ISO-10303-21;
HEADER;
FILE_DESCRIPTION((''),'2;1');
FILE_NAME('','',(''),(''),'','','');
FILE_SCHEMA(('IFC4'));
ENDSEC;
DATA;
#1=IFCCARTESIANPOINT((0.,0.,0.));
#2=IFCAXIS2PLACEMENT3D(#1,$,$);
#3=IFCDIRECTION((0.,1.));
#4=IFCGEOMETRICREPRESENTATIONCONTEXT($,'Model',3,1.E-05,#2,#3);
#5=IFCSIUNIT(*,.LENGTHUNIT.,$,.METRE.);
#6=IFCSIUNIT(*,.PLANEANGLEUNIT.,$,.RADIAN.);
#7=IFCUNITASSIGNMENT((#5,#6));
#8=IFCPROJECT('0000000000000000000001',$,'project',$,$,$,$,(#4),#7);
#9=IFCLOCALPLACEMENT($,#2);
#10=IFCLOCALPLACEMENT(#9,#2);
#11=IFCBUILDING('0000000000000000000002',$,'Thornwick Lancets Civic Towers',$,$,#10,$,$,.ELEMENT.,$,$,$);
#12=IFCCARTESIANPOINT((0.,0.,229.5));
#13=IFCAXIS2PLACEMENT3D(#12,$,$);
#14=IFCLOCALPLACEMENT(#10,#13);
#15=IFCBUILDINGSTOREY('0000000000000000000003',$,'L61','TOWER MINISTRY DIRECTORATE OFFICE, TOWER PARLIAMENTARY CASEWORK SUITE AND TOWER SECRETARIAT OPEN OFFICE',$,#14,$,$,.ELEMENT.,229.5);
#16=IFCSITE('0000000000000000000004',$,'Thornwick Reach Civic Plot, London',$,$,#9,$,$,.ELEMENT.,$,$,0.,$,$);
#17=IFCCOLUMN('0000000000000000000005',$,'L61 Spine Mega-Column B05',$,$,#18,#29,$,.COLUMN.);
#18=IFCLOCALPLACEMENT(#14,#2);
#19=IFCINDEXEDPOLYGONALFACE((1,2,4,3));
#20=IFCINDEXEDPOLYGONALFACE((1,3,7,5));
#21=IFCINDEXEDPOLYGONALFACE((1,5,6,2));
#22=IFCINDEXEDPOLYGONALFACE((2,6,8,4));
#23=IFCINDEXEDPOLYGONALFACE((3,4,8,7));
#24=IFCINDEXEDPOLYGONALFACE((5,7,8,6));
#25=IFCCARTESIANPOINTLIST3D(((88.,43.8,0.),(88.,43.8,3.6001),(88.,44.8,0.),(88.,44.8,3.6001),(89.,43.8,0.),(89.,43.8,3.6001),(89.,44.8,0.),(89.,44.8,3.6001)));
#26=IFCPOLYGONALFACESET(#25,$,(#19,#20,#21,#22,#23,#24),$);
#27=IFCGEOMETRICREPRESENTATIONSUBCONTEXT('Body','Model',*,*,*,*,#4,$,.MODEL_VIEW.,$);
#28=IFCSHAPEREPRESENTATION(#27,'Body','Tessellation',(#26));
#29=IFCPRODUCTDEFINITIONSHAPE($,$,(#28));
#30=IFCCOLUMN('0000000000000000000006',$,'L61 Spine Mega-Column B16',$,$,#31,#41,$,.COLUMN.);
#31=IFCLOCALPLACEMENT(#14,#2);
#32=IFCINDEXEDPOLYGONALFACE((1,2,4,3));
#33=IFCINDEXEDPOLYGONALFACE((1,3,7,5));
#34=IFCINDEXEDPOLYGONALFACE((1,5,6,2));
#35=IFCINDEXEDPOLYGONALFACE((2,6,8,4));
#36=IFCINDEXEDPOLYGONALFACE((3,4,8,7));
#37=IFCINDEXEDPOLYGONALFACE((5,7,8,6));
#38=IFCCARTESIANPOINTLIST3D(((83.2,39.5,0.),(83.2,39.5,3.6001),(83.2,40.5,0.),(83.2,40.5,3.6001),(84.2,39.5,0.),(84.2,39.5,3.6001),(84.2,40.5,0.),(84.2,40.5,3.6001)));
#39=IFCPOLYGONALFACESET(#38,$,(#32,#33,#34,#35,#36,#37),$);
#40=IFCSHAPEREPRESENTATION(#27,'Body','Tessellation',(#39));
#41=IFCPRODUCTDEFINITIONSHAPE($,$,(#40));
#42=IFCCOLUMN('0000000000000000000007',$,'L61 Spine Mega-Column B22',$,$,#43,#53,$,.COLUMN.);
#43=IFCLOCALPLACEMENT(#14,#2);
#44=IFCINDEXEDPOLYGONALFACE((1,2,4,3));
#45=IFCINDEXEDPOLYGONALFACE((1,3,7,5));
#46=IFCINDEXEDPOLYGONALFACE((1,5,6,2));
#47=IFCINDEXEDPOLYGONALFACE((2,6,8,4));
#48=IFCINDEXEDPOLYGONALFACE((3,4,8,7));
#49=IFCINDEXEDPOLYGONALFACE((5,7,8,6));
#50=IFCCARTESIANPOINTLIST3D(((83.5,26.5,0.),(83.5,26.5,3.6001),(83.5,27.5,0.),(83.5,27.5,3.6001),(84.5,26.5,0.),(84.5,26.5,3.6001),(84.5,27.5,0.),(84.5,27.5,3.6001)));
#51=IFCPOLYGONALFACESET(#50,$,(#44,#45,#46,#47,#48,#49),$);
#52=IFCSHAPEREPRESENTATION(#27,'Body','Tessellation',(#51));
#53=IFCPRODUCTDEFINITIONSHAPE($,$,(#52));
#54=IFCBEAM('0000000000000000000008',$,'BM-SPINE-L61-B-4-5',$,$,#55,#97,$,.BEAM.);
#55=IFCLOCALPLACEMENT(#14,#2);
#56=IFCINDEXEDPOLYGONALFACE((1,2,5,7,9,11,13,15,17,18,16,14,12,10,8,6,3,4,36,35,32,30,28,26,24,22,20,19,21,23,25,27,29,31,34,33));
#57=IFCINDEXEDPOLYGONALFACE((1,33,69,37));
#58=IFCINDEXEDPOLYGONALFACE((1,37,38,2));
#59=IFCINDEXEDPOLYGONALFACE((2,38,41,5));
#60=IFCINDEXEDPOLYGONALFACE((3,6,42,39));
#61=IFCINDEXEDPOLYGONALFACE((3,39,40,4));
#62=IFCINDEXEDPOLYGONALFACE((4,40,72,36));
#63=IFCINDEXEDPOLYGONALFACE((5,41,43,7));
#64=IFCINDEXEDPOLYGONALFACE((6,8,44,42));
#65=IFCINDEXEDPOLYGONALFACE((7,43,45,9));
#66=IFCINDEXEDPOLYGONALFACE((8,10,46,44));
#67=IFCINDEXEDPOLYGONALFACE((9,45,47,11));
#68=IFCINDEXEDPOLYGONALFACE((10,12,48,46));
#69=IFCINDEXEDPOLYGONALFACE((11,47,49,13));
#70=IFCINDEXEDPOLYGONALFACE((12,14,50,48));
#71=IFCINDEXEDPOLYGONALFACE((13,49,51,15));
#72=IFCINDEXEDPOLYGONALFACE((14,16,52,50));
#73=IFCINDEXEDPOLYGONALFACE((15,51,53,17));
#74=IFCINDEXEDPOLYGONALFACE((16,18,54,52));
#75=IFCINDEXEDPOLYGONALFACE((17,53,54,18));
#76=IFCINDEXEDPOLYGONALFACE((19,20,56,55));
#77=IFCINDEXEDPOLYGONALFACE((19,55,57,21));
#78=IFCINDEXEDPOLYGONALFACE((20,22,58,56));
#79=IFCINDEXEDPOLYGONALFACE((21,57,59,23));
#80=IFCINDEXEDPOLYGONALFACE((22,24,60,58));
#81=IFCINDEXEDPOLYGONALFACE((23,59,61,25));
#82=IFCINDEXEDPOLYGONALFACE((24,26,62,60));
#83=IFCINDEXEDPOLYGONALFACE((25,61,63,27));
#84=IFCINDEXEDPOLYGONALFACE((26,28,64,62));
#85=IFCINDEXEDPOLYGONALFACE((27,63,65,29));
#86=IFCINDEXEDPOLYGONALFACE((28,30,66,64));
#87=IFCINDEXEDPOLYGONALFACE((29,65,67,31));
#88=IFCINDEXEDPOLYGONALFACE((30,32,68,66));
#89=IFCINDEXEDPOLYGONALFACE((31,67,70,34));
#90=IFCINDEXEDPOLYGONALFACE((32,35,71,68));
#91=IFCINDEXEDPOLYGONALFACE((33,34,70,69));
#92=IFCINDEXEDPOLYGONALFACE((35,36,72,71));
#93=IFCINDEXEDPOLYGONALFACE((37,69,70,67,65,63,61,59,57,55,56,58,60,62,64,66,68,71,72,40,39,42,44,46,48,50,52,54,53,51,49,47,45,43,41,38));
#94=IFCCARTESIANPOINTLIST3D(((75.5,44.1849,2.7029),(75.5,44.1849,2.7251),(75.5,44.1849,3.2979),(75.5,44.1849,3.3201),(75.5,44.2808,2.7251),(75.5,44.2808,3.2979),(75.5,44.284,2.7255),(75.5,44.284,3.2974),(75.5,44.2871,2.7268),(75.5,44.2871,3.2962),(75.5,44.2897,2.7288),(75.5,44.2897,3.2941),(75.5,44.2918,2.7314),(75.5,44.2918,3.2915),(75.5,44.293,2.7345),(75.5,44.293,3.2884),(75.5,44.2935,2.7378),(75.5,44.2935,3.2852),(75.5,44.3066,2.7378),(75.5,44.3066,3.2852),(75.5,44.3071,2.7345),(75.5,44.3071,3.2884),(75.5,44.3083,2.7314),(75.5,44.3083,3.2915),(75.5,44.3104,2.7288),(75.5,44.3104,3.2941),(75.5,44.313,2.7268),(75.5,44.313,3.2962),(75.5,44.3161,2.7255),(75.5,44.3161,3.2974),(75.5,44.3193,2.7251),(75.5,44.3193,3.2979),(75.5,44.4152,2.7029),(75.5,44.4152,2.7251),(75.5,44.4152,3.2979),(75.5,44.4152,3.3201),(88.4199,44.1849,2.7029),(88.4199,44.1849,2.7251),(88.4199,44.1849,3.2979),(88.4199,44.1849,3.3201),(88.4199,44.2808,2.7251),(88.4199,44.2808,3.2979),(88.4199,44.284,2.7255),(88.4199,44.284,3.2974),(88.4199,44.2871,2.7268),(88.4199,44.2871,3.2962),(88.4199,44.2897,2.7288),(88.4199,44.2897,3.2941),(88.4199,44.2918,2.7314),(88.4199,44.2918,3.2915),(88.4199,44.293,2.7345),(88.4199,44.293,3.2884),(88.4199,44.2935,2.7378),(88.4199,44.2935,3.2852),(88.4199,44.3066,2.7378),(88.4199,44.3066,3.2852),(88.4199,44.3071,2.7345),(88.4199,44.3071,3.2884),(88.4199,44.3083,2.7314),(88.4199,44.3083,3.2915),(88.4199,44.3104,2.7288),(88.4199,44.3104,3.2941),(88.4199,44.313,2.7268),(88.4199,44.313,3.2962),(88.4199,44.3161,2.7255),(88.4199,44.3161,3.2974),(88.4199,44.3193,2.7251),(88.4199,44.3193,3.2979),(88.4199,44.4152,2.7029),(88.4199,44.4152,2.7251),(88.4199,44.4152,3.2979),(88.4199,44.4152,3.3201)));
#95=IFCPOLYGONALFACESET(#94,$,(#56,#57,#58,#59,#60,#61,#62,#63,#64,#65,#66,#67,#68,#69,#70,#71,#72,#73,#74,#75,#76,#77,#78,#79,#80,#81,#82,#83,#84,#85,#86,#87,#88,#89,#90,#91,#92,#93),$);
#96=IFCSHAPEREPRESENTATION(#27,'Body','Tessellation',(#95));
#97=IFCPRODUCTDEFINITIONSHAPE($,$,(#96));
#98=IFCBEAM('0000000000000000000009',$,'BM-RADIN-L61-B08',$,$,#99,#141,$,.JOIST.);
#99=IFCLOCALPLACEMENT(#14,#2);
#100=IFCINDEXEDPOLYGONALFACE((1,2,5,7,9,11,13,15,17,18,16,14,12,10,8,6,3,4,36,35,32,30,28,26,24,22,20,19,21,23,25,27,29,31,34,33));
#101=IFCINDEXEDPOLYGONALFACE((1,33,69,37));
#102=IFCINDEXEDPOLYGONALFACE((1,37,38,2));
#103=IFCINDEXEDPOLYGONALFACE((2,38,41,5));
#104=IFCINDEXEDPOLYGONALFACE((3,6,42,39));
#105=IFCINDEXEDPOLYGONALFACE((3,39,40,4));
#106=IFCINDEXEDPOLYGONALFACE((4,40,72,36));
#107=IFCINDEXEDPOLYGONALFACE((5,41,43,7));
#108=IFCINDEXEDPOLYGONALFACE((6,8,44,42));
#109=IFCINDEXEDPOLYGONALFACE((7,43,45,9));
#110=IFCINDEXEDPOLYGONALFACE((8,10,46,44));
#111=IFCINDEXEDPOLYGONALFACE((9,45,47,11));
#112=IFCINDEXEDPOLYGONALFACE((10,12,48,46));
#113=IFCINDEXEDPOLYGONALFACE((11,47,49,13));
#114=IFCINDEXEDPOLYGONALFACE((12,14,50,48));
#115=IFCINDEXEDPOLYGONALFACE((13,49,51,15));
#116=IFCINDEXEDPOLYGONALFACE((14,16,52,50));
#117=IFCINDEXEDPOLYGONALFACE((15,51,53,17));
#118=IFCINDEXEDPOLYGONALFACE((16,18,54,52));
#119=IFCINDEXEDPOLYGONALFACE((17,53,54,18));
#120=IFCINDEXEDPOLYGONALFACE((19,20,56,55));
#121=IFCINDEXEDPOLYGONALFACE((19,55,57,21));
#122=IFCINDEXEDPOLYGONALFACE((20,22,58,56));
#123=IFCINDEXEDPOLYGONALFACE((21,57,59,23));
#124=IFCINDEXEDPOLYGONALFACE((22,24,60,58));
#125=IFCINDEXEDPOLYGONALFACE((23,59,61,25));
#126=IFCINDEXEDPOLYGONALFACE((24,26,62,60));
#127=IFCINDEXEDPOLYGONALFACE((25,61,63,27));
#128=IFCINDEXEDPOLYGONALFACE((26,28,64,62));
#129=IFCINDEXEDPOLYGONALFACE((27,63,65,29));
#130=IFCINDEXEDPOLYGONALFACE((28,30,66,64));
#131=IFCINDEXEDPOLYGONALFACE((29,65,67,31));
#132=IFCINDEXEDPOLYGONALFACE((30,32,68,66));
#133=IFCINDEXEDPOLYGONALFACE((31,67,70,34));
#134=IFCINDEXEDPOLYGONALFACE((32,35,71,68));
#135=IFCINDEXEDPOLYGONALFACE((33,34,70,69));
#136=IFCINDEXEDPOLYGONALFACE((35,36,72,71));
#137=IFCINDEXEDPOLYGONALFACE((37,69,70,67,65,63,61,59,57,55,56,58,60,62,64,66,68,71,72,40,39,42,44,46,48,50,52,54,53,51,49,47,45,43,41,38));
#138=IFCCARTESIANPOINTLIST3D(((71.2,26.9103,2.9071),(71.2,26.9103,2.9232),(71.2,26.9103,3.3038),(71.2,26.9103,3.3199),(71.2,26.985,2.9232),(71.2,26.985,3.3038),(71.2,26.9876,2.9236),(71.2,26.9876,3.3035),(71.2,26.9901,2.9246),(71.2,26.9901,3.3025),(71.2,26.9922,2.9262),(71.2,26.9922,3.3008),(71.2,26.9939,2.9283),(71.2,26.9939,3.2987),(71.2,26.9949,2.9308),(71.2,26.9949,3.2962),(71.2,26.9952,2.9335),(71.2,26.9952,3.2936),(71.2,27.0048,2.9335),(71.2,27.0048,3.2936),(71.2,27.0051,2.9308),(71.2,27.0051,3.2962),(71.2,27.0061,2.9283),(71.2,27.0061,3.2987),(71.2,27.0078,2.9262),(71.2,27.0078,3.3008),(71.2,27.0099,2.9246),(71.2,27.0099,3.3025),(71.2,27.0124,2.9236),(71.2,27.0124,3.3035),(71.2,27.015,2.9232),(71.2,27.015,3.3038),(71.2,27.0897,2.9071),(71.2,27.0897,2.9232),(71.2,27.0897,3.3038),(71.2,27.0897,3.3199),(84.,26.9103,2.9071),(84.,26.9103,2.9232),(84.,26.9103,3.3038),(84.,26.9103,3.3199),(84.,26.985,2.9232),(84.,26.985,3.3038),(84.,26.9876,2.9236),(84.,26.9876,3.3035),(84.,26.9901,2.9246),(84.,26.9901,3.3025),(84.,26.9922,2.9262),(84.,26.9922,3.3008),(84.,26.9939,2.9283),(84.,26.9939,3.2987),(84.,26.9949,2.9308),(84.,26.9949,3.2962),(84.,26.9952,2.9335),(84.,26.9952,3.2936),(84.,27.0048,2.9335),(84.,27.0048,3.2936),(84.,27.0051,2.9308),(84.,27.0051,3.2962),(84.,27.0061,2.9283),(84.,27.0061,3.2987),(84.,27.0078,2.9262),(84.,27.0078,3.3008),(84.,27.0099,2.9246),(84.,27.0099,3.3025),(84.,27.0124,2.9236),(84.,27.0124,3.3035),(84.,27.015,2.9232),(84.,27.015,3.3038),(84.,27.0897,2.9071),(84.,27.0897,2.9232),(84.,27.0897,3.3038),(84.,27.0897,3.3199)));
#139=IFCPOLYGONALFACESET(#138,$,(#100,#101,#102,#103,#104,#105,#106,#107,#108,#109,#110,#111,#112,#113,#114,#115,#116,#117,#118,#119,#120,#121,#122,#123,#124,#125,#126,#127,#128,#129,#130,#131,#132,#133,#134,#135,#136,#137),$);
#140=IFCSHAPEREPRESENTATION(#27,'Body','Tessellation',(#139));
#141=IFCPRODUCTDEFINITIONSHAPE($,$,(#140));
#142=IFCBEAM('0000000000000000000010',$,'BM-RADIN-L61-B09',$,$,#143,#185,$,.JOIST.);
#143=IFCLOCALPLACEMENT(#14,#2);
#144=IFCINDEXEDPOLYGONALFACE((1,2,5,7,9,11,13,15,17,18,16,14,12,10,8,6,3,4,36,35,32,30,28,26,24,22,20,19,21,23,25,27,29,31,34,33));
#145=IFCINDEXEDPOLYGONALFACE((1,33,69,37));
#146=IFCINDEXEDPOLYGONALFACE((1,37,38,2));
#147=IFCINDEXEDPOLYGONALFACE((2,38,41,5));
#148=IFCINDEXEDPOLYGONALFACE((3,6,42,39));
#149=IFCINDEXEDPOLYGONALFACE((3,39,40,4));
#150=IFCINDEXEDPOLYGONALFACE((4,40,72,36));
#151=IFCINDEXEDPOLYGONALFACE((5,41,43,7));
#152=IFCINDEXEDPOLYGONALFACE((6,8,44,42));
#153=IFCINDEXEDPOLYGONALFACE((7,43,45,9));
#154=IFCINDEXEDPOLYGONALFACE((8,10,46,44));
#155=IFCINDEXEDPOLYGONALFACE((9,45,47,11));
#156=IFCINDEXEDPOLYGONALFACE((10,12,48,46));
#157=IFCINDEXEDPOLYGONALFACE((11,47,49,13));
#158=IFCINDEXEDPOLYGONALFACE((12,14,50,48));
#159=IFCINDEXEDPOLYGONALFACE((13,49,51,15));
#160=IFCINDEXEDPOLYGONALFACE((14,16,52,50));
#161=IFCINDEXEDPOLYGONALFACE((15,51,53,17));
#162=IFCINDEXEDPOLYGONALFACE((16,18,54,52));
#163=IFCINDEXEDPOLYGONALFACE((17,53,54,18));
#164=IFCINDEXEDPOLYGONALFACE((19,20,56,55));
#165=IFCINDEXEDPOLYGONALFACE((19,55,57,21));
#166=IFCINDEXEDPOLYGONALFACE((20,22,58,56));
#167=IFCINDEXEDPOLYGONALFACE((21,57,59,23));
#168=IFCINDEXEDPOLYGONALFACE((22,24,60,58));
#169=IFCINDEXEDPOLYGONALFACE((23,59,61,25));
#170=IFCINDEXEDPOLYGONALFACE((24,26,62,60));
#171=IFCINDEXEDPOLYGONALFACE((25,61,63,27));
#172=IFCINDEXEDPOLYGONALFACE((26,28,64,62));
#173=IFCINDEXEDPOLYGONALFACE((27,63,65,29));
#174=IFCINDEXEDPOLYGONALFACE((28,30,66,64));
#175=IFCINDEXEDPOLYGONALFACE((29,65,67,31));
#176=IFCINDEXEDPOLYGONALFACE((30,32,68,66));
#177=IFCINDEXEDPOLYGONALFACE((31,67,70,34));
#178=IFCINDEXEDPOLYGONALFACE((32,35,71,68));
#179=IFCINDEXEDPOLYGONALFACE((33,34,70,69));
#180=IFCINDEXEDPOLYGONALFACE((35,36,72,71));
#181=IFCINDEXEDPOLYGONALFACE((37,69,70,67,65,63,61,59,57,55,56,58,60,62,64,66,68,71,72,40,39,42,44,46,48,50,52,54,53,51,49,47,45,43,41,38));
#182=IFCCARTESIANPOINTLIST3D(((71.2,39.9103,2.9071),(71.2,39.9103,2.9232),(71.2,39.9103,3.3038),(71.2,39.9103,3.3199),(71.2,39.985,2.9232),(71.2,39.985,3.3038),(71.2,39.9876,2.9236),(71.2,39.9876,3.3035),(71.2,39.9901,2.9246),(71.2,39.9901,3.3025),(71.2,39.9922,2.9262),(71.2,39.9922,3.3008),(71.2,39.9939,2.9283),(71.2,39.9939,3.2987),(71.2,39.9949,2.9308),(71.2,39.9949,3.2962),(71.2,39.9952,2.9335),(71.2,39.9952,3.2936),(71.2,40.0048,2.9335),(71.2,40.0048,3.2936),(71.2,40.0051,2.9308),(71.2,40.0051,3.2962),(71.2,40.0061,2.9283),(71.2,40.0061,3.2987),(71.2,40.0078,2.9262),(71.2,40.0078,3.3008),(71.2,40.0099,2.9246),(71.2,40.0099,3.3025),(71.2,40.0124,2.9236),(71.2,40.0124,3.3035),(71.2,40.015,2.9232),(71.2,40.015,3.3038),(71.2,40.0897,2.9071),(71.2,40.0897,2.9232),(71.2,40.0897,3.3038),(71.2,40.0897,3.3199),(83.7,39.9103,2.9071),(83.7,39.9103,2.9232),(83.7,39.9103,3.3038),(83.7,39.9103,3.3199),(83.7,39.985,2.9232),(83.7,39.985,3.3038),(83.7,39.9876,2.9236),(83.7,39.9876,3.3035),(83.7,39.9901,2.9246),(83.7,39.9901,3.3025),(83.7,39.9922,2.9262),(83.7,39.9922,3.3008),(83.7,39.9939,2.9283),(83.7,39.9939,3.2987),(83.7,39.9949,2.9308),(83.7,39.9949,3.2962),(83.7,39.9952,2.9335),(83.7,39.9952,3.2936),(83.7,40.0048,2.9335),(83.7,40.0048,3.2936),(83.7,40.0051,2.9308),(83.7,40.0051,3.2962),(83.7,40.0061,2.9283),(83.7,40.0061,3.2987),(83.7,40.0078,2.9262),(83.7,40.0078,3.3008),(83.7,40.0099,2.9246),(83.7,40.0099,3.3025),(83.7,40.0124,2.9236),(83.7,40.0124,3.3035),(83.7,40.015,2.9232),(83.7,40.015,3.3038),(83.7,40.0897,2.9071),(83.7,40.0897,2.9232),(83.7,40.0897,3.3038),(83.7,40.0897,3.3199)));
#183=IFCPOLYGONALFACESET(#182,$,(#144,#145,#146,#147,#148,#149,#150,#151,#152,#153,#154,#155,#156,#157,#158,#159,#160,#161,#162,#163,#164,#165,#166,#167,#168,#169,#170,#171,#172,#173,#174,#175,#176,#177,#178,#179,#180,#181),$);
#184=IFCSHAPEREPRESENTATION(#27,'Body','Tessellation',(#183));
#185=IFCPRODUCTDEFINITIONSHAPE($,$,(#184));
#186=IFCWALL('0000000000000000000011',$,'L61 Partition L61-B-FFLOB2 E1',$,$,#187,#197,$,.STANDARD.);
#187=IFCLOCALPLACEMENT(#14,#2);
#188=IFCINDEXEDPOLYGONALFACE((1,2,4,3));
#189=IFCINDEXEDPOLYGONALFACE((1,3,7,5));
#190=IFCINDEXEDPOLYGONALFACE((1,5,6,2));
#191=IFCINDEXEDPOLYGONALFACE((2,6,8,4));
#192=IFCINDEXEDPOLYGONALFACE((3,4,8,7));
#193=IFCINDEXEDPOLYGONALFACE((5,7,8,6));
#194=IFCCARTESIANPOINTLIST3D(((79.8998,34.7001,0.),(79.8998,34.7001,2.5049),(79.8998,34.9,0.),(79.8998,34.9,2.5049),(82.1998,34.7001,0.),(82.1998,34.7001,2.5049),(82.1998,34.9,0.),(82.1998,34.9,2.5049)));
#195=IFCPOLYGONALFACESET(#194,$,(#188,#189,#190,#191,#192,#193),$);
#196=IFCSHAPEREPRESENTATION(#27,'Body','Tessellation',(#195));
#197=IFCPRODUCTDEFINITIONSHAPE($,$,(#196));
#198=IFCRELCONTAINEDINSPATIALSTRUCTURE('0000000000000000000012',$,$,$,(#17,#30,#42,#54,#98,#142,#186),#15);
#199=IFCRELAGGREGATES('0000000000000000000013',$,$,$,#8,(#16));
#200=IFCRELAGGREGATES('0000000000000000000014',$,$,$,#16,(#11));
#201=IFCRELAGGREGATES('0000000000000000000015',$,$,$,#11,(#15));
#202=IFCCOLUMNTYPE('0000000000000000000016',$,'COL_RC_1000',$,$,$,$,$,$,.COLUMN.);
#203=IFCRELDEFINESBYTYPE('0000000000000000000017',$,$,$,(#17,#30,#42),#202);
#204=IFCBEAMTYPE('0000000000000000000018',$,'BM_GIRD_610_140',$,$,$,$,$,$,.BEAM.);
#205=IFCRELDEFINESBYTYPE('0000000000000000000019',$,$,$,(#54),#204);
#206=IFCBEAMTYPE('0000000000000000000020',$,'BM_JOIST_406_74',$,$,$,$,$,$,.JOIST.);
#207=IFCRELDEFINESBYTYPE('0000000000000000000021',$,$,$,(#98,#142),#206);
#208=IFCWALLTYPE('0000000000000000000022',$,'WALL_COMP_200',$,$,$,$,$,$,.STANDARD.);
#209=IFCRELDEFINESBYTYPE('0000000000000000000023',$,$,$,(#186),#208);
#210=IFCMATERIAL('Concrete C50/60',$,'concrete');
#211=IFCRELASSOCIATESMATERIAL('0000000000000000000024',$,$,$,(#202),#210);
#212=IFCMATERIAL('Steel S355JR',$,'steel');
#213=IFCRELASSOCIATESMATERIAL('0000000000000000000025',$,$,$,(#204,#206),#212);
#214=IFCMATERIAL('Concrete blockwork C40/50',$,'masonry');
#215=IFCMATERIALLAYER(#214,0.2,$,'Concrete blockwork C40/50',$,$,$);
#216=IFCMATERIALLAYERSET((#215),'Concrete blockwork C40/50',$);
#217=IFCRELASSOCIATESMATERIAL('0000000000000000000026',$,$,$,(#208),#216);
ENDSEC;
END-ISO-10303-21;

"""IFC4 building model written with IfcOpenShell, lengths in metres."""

from ifc_helpers import new_model, si_unit, direction, frame, frame_2d, origin, origin_2d, place, context, subcontext, project, spatial, rectangle, i_section, extrude, material, layer, layer_set, material_profile, profile_set, type_object, element, save


model = new_model("IFC4")

# Units and contexts
model_context = context("Model", 3, precision=1e-05, world=origin(), true_north=direction((0.0, 1.0)))
body_context = subcontext(model_context, "Body", "Model", "MODEL_VIEW")
ifc_project = project(units=[si_unit("LENGTHUNIT", "METRE"), si_unit("PLANEANGLEUNIT", "RADIAN")], contexts=[model_context])

# Site, building, storey
site_placement = place(None, origin())
site = spatial("IfcSite", under=ifc_project, at=site_placement, Name="Thornwick Reach Civic Plot, London", CompositionType="ELEMENT", RefElevation=0.0)
building_placement = place(site_placement, origin())
building = spatial("IfcBuilding", under=site, at=building_placement, Name="Thornwick Lancets Civic Towers", CompositionType="ELEMENT")
storey_placement = place(building_placement, frame((0.0, 0.0, 229.5)))
storey = spatial("IfcBuildingStorey", under=building, at=storey_placement, Name="L61", Description="TOWER MINISTRY DIRECTORATE OFFICE, TOWER PARLIAMENTARY CASEWORK SUITE AND TOWER SECRETARIAT OPEN OFFICE", CompositionType="ELEMENT", Elevation=229.5)

# Columns
ifc_material_1 = material(Name="Concrete C50/60", Category="concrete")
ifc_material_profile_1 = material_profile(ifc_material_1, rectangle(XDim=1.0, YDim=1.0, at=origin_2d()), Name="RC 1000x1000")
ifc_profile_set_1 = profile_set([ifc_material_profile_1], Name="Concrete C50/60")
column_type = type_object("IfcColumnType", Name="COL_RC_1000", PredefinedType="COLUMN", material=ifc_profile_set_1)
for number, where, z_axis, x_axis, name in (
    (1, (88.5, 44.3, 0.0), (0.0, 0.0, 1.0), (1.0, 0.0, 0.0), "L61 Spine Mega-Column B05"),
    (2, (83.7, 40.0, 0.0), (0.0, 0.0, 1.0), (1.0, 0.0, 0.0), "L61 Spine Mega-Column B16"),
    (3, (84.0, 27.0, 0.0), (0.0, 0.0, 1.0), (1.0, 0.0, 0.0), "L61 Spine Mega-Column B22"),
):
    element("IfcColumn", number, at=place(storey_placement, frame(where, z_axis=z_axis, x_axis=x_axis)), inside=storey, type_object=column_type, Name=name, PredefinedType="COLUMN", context=body_context, shape_type="SweptSolid", body=[
        extrude(rectangle(XDim=1.0, YDim=1.0, at=origin_2d()), origin(), (0.0, 0.0, 1.0), 3.6001),
    ])

# Beams
ifc_material_2 = material(Name="Steel S355JR", Category="steel")
ifc_material_profile_2 = material_profile(ifc_material_2, i_section(OverallWidth=0.2302, OverallDepth=0.6172, WebThickness=0.0132, FlangeThickness=0.0222, FilletRadius=0.0127, at=origin_2d()), Name="UKB 610x229x140")
ifc_profile_set_2 = profile_set([ifc_material_profile_2], Name="Steel S355JR")
beam_type_1 = type_object("IfcBeamType", Name="BM_GIRD_610_140", PredefinedType="BEAM", material=ifc_profile_set_2)
beam_1_placement = place(storey_placement, frame((88.4199, 44.3, 3.0115), z_axis=(-1.0, 0.0, 0.0), x_axis=(0.0, -1.0, 0.0)))
element("IfcBeam", 4, at=beam_1_placement, inside=storey, type_object=beam_type_1, Name="BM-SPINE-L61-B-4-5", PredefinedType="BEAM", context=body_context, shape_type="SweptSolid", body=[
    extrude(i_section(OverallWidth=0.2302, OverallDepth=0.6172, WebThickness=0.0132, FlangeThickness=0.0222, FilletRadius=0.0127, at=origin_2d()), origin(), (0.0, 0.0, 1.0), 12.9199),
])
ifc_material_profile_3 = material_profile(ifc_material_2, i_section(OverallWidth=0.1794, OverallDepth=0.4128, WebThickness=0.0095, FlangeThickness=0.0161, FilletRadius=0.0103, at=origin_2d()), Name="UKB 406x178x74")
ifc_profile_set_3 = profile_set([ifc_material_profile_3], Name="Steel S355JR")
beam_type_2 = type_object("IfcBeamType", Name="BM_JOIST_406_74", PredefinedType="JOIST", material=ifc_profile_set_3)
beam_2_placement = place(storey_placement, frame((84.0, 27.0, 3.1135), z_axis=(-1.0, 0.0, 0.0), x_axis=(0.0, -1.0, 0.0)))
element("IfcBeam", 5, at=beam_2_placement, inside=storey, type_object=beam_type_2, Name="BM-RADIN-L61-B08", PredefinedType="JOIST", context=body_context, shape_type="SweptSolid", body=[
    extrude(i_section(OverallWidth=0.1794, OverallDepth=0.4128, WebThickness=0.0095, FlangeThickness=0.0161, FilletRadius=0.0103, at=origin_2d()), origin(), (0.0, 0.0, 1.0), 12.8),
])
beam_3_placement = place(storey_placement, frame((83.7, 40.0, 3.1135), z_axis=(-1.0, 0.0, 0.0), x_axis=(0.0, -1.0, 0.0)))
element("IfcBeam", 6, at=beam_3_placement, inside=storey, type_object=beam_type_2, Name="BM-RADIN-L61-B09", PredefinedType="JOIST", context=body_context, shape_type="SweptSolid", body=[
    extrude(i_section(OverallWidth=0.1794, OverallDepth=0.4128, WebThickness=0.0095, FlangeThickness=0.0161, FilletRadius=0.0103, at=origin_2d()), origin(), (0.0, 0.0, 1.0), 12.5),
])

# Wall
ifc_material_3 = material(Name="Concrete blockwork C40/50", Category="masonry")
ifc_layer_1 = layer(ifc_material_3, 0.2, Name="Concrete blockwork C40/50")
ifc_layer_set_1 = layer_set([ifc_layer_1], Name="Concrete blockwork C40/50")
wall_type_1 = type_object("IfcWallType", Name="WALL_COMP_200", PredefinedType="STANDARD", material=ifc_layer_set_1)
wall_1_placement = place(storey_placement, frame((79.8999, 34.8, 0.0), z_axis=(0.0, 0.0, 1.0), x_axis=(1.0, 0.0, 0.0)))
element("IfcWall", 7, at=wall_1_placement, inside=storey, type_object=wall_type_1, Name="L61 Partition L61-B-FFLOB2 E1", PredefinedType="STANDARD", context=body_context, shape_type="SweptSolid", body=[
    extrude(rectangle(XDim=2.3, YDim=0.2, at=frame_2d((1.1499, 0.0))), origin(), (0.0, 0.0, 1.0), 2.5049),
])

save(model, "model.ifc")
